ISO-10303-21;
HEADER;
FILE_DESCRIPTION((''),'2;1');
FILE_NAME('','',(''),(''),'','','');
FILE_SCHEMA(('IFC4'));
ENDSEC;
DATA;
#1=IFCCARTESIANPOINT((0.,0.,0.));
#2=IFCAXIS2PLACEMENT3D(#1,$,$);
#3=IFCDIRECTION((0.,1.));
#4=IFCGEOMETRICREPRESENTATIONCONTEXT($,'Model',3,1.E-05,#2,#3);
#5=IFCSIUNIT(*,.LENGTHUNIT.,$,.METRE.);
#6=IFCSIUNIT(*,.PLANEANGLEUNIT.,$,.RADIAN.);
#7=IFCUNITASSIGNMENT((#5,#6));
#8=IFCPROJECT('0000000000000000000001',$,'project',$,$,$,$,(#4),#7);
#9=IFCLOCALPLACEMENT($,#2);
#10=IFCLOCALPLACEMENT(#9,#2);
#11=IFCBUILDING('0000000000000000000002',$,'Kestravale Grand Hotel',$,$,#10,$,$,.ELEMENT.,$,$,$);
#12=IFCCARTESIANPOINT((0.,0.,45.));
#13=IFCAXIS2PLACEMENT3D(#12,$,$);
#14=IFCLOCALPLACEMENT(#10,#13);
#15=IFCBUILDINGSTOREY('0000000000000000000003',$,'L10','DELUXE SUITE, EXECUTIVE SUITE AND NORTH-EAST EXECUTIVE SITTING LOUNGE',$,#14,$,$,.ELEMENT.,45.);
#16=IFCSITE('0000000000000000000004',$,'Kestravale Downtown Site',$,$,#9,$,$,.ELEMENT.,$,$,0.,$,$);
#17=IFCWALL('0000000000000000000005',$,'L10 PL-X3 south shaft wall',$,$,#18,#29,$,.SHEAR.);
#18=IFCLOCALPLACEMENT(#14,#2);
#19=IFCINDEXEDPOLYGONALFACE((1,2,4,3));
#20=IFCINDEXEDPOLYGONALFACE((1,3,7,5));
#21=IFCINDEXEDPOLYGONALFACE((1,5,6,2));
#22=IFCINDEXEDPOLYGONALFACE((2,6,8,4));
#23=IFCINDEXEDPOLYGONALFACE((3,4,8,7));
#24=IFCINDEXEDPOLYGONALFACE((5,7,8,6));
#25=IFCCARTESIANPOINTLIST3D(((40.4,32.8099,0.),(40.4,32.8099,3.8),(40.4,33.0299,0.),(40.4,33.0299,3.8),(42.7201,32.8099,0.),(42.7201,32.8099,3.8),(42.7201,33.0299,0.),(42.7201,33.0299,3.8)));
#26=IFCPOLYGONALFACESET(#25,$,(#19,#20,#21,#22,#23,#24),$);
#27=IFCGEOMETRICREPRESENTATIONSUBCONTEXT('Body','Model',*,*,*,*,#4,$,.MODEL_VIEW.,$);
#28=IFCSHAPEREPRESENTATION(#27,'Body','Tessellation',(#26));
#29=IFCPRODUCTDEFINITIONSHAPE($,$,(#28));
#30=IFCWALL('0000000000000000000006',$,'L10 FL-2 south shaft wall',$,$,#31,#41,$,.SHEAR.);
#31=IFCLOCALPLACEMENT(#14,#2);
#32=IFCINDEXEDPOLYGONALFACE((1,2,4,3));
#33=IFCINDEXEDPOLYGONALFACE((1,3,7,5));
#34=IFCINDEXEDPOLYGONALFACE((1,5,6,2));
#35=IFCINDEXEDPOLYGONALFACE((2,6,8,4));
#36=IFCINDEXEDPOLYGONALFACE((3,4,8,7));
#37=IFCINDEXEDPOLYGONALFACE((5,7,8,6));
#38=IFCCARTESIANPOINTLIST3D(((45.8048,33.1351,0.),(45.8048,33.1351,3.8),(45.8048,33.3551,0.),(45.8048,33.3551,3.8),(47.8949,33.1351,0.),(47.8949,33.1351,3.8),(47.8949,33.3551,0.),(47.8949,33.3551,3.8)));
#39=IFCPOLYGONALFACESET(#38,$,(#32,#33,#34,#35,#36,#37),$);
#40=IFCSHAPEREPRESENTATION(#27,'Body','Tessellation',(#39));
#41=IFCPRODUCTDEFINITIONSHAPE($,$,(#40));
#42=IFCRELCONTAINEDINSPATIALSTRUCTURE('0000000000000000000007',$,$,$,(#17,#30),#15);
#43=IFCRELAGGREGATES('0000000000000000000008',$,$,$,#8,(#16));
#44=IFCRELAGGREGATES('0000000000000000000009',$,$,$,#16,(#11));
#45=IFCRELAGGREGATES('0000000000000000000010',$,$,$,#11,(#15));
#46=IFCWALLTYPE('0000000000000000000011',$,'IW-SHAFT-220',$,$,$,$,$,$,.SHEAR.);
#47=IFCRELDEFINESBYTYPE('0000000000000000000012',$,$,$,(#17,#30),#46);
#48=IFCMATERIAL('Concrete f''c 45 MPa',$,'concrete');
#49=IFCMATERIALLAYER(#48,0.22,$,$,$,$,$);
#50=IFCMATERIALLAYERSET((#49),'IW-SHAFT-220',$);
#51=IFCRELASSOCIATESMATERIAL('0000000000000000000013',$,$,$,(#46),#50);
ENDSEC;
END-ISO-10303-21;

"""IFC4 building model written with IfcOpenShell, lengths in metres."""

from ifc_helpers import new_model, si_unit, direction, frame, frame_2d, origin, place, context, subcontext, project, spatial, rectangle, extrude, material, layer, layer_set, type_object, element, save


model = new_model("IFC4")

# Units and contexts
model_context = context("Model", 3, precision=1e-05, world=origin(), true_north=direction((0.0, 1.0)))
body_context = subcontext(model_context, "Body", "Model", "MODEL_VIEW")
ifc_project = project(units=[si_unit("LENGTHUNIT", "METRE"), si_unit("PLANEANGLEUNIT", "RADIAN")], contexts=[model_context])

# Site, building, storey
site_placement = place(None, origin())
site = spatial("IfcSite", under=ifc_project, at=site_placement, Name="Kestravale Downtown Site", CompositionType="ELEMENT", RefElevation=0.0)
building_placement = place(site_placement, origin())
building = spatial("IfcBuilding", under=site, at=building_placement, Name="Kestravale Grand Hotel", CompositionType="ELEMENT")
storey_placement = place(building_placement, frame((0.0, 0.0, 45.0)))
storey = spatial("IfcBuildingStorey", under=building, at=storey_placement, Name="L10", Description="DELUXE SUITE, EXECUTIVE SUITE AND NORTH-EAST EXECUTIVE SITTING LOUNGE", CompositionType="ELEMENT", Elevation=45.0)

# Wall
ifc_material_1 = material(Name="Concrete f'c 45 MPa", Category="concrete")
ifc_layer_1 = layer(ifc_material_1, 0.22)
ifc_layer_set_1 = layer_set([ifc_layer_1], Name="IW-SHAFT-220")
wall_type_1 = type_object("IfcWallType", Name="IW-SHAFT-220", PredefinedType="SHEAR", material=ifc_layer_set_1)
for number, where, z_axis, x_axis, name in (
    (1, (40.3999, 32.9199, 0.0), (0.0, 0.0, 1.0), (1.0, 0.0, 0.0), "L10 PL-X3 south shaft wall"),
):
    element("IfcWall", number, at=place(storey_placement, frame(where, z_axis=z_axis, x_axis=x_axis)), inside=storey, type_object=wall_type_1, Name=name, PredefinedType="SHEAR", context=body_context, shape_type="SweptSolid", body=[
        extrude(rectangle(XDim=2.3201, YDim=0.22, at=frame_2d((1.1602, 0.0))), origin(), (0.0, 0.0, 1.0), 3.8),
    ])

# Wall
wall_1_placement = place(storey_placement, frame((45.8049, 33.2451, 0.0), z_axis=(0.0, 0.0, 1.0), x_axis=(1.0, 0.0, 0.0)))
element("IfcWall", 2, at=wall_1_placement, inside=storey, type_object=wall_type_1, Name="L10 FL-2 south shaft wall", PredefinedType="SHEAR", context=body_context, shape_type="SweptSolid", body=[
    extrude(rectangle(XDim=2.0901, YDim=0.22, at=frame_2d((1.0449, 0.0))), origin(), (0.0, 0.0, 1.0), 3.8),
])

save(model, "model.ifc")
